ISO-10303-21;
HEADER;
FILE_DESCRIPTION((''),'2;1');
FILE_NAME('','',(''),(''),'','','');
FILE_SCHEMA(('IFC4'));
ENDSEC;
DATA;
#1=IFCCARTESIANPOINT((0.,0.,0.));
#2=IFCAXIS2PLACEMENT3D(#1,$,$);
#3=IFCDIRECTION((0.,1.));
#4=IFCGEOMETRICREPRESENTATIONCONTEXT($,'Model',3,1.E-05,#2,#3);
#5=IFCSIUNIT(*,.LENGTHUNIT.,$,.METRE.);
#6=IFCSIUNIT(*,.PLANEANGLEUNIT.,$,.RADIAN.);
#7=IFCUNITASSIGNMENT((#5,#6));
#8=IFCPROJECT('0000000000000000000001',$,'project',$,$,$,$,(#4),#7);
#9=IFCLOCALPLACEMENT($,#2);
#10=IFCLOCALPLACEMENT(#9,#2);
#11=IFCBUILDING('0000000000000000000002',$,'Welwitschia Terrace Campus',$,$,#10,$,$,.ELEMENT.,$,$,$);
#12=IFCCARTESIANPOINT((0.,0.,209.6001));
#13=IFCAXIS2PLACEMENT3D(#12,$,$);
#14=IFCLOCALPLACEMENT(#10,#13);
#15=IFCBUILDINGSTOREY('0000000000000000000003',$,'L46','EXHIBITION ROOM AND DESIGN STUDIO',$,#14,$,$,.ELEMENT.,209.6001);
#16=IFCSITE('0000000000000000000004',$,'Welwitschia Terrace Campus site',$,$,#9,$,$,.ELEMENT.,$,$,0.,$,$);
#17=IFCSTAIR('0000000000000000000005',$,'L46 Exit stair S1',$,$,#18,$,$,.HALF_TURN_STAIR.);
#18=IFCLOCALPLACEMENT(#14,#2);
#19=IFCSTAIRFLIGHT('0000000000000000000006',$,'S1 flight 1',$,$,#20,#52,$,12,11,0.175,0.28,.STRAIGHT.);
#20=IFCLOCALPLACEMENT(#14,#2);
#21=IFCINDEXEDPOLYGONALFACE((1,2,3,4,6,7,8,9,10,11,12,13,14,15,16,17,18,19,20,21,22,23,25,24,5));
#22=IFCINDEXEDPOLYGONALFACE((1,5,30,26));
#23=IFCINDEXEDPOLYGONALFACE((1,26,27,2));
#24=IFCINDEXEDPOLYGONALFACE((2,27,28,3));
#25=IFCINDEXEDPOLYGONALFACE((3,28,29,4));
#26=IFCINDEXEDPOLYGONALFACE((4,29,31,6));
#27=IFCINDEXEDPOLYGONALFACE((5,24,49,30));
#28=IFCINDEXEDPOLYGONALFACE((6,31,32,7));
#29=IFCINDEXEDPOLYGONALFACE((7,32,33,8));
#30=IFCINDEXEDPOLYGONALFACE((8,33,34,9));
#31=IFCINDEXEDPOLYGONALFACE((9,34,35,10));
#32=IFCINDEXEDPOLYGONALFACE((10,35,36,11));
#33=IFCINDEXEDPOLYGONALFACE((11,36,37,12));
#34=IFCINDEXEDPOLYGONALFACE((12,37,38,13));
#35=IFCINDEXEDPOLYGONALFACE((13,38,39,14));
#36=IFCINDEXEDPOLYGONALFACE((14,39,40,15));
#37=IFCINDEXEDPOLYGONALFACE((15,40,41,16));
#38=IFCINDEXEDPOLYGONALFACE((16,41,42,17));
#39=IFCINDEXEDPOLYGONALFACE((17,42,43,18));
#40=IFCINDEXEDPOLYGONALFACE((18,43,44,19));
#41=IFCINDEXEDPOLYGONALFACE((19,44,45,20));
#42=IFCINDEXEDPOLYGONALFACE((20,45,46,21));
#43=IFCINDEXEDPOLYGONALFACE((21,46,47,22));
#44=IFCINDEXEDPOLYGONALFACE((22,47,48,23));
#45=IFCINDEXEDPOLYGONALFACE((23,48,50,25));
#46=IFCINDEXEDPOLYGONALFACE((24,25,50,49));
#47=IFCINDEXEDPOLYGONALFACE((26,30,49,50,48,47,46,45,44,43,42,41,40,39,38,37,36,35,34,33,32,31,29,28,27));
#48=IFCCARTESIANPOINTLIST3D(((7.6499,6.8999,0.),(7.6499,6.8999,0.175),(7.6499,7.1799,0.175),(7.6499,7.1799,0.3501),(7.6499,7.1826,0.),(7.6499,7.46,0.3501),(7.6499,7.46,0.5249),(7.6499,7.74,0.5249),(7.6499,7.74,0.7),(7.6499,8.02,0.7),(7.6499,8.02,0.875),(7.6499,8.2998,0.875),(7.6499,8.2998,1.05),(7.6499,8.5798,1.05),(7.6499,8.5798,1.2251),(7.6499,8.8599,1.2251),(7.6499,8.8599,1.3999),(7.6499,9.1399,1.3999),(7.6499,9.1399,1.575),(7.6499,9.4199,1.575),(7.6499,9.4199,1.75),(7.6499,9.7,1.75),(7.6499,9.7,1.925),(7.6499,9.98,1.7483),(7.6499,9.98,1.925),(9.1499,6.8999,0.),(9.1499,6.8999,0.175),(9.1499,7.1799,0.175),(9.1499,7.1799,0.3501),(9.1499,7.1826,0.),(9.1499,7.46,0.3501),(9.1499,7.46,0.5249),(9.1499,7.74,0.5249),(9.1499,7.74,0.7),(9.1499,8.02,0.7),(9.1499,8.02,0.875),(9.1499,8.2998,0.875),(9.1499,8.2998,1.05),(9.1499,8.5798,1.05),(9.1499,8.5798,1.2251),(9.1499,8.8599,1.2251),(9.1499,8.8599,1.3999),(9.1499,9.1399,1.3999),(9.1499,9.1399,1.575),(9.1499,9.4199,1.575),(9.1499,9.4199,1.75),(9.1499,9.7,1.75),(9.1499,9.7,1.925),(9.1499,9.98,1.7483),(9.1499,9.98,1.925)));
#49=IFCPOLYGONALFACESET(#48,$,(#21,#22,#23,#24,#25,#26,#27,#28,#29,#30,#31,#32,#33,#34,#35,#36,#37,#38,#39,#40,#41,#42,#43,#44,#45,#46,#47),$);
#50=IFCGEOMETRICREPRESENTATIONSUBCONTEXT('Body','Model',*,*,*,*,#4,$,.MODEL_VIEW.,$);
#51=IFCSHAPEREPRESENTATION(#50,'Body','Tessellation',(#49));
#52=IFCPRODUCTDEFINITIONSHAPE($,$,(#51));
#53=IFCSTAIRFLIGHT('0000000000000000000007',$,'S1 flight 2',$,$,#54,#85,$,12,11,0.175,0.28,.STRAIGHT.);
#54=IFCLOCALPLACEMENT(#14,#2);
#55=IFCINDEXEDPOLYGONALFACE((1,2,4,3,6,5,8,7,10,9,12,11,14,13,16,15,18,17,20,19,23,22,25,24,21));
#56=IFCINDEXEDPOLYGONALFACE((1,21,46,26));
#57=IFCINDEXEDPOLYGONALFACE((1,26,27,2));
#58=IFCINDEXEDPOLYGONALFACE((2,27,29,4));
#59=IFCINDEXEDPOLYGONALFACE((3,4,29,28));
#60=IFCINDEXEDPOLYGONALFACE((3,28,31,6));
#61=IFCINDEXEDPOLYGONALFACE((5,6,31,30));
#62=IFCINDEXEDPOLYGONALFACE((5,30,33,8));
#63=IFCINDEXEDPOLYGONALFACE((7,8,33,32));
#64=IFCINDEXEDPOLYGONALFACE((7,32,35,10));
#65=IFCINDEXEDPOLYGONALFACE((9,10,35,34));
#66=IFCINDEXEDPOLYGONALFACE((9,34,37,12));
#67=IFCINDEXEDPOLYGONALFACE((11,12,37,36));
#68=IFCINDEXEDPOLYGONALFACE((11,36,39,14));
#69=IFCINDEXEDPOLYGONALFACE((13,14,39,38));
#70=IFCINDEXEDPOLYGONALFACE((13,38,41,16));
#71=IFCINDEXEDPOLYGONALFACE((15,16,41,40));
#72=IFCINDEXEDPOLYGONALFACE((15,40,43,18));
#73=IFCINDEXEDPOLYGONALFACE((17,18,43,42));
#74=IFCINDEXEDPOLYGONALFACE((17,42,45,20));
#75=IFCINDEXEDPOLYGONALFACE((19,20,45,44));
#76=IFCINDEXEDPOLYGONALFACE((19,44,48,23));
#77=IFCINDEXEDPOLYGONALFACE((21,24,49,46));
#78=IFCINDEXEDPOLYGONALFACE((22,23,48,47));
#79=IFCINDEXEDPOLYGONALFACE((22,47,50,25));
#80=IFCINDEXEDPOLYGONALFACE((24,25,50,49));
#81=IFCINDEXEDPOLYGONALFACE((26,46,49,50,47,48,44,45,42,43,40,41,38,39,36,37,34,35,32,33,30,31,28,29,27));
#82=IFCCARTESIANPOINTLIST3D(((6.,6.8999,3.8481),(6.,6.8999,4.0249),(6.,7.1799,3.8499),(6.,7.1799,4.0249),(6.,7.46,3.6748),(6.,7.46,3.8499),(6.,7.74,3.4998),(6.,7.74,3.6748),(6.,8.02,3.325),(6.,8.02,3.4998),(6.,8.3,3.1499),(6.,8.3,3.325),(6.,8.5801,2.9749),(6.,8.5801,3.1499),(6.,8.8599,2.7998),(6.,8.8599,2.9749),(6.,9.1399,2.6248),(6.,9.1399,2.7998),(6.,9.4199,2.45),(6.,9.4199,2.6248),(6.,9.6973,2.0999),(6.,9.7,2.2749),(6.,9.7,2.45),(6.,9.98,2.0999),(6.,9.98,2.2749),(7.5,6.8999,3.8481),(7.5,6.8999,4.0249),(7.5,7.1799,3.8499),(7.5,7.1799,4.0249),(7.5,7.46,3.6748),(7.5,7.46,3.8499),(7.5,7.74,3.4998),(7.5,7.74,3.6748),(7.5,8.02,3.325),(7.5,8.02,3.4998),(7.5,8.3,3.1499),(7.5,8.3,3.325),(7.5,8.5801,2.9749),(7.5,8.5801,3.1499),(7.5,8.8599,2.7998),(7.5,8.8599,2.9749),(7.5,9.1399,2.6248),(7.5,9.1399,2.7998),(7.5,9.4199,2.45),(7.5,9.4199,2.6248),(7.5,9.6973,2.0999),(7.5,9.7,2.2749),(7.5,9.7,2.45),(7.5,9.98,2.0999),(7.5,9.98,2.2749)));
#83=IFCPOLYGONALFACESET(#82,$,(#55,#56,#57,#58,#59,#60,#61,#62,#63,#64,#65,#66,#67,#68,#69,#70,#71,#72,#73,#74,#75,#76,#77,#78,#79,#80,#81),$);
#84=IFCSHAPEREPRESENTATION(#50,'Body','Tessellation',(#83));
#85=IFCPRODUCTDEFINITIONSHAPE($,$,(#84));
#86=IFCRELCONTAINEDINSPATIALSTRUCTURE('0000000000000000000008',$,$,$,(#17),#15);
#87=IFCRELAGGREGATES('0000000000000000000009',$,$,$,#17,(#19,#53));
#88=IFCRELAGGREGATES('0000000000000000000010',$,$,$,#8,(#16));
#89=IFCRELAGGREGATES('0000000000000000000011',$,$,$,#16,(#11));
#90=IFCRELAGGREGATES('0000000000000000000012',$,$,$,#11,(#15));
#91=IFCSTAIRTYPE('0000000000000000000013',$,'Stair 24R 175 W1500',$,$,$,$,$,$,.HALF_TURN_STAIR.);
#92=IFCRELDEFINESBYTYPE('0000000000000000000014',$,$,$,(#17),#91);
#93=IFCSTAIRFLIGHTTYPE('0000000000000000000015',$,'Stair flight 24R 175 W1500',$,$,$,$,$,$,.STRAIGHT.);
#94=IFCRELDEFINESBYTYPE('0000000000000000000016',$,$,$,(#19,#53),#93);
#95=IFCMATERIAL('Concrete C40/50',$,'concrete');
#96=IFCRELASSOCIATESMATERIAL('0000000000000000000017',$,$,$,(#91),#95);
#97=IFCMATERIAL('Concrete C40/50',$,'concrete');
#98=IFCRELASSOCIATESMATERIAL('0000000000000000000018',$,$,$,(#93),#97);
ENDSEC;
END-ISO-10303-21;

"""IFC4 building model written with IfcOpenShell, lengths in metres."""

from ifc_helpers import new_model, si_unit, direction, frame, origin, place, context, subcontext, project, spatial, polyline, outline, extrude, material, type_object, element, aggregate, save


model = new_model("IFC4")

# Units and contexts
model_context = context("Model", 3, precision=1e-05, world=origin(), true_north=direction((0.0, 1.0)))
body_context = subcontext(model_context, "Body", "Model", "MODEL_VIEW")
ifc_project = project(units=[si_unit("LENGTHUNIT", "METRE"), si_unit("PLANEANGLEUNIT", "RADIAN")], contexts=[model_context])

# Site, building, storey
site_placement = place(None, origin())
site = spatial("IfcSite", under=ifc_project, at=site_placement, Name="Welwitschia Terrace Campus site", CompositionType="ELEMENT", RefElevation=0.0)
building_placement = place(site_placement, origin())
building = spatial("IfcBuilding", under=site, at=building_placement, Name="Welwitschia Terrace Campus", CompositionType="ELEMENT")
storey_placement = place(building_placement, frame((0.0, 0.0, 209.6001)))
storey = spatial("IfcBuildingStorey", under=building, at=storey_placement, Name="L46", Description="EXHIBITION ROOM AND DESIGN STUDIO", CompositionType="ELEMENT", Elevation=209.6001)

# Stair, stair flights
ifc_material_1 = material(Name="Concrete C40/50", Category="concrete")
stair_type = type_object("IfcStairType", Name="Stair 24R 175 W1500", PredefinedType="HALF_TURN_STAIR", material=ifc_material_1)
stair_placement = place(storey_placement, origin())
stair = element("IfcStair", 1, at=stair_placement, inside=storey, type_object=stair_type, Name="L46 Exit stair S1", PredefinedType="HALF_TURN_STAIR")
ifc_material_2 = material(Name="Concrete C40/50", Category="concrete")
stair_flight_type = type_object("IfcStairFlightType", Name="Stair flight 24R 175 W1500", PredefinedType="STRAIGHT", material=ifc_material_2)
stair_flight_1_placement = place(storey_placement, frame((8.3999, 6.8999, 0.0), z_axis=(0.0, 0.0, 1.0), x_axis=(0.0, 1.0, 0.0)))
stair_flight_1 = element("IfcStairFlight", 2, at=stair_flight_1_placement, type_object=stair_flight_type, Name="S1 flight 1", NumberOfRisers=12, NumberOfTreads=11, PredefinedType="STRAIGHT", RiserHeight=0.175, TreadLength=0.28, context=body_context, shape_type="SweptSolid", body=[
    extrude(outline(polyline([(0.0, 0.0), (0.0, 0.175), (0.28, 0.175), (0.28, 0.3501), (0.5601, 0.3501), (0.5601, 0.5249), (0.8401, 0.5249), (0.8401, 0.7), (1.1201, 0.7), (1.1201, 0.875), (1.3999, 0.875), (1.3999, 1.05), (1.6799, 1.05), (1.6799, 1.2251), (1.96, 1.2251), (1.96, 1.3999), (2.24, 1.3999), (2.24, 1.575), (2.52, 1.575), (2.52, 1.75), (2.8, 1.75), (2.8, 1.925), (3.0801, 1.925), (3.0801, 2.1001), (3.0801, 1.7483), (0.2827, 0.0), (0.0, 0.0)])), frame((0.0, 0.75, 0.0), z_axis=(0.0, -1.0, 0.0), x_axis=(1.0, 0.0, 0.0)), (0.0, 0.0, 1.0), 1.5),
])
stair_flight_2_placement = place(storey_placement, frame((6.75, 9.98, 2.0999), z_axis=(0.0, 0.0, 1.0), x_axis=(0.0, -1.0, 0.0)))
stair_flight_2 = element("IfcStairFlight", 3, at=stair_flight_2_placement, type_object=stair_flight_type, Name="S1 flight 2", NumberOfRisers=12, NumberOfTreads=11, PredefinedType="STRAIGHT", RiserHeight=0.175, TreadLength=0.28, context=body_context, shape_type="SweptSolid", body=[
    extrude(outline(polyline([(0.0, 0.0), (0.0, 0.175), (0.28, 0.175), (0.28, 0.3501), (0.5601, 0.3501), (0.5601, 0.5249), (0.8401, 0.5249), (0.8401, 0.7), (1.1201, 0.7), (1.1201, 0.875), (1.3999, 0.875), (1.3999, 1.05), (1.6799, 1.05), (1.6799, 1.2251), (1.96, 1.2251), (1.96, 1.3999), (2.24, 1.3999), (2.24, 1.575), (2.52, 1.575), (2.52, 1.75), (2.8, 1.75), (2.8, 1.925), (3.0801, 1.925), (3.0801, 2.1001), (3.0801, 1.7483), (0.2827, 0.0), (0.0, 0.0)])), frame((0.0, 0.75, 0.0), z_axis=(0.0, -1.0, 0.0), x_axis=(1.0, 0.0, 0.0)), (0.0, 0.0, 1.0), 1.5),
])
aggregate(stair, [stair_flight_1, stair_flight_2])

save(model, "model.ifc")
